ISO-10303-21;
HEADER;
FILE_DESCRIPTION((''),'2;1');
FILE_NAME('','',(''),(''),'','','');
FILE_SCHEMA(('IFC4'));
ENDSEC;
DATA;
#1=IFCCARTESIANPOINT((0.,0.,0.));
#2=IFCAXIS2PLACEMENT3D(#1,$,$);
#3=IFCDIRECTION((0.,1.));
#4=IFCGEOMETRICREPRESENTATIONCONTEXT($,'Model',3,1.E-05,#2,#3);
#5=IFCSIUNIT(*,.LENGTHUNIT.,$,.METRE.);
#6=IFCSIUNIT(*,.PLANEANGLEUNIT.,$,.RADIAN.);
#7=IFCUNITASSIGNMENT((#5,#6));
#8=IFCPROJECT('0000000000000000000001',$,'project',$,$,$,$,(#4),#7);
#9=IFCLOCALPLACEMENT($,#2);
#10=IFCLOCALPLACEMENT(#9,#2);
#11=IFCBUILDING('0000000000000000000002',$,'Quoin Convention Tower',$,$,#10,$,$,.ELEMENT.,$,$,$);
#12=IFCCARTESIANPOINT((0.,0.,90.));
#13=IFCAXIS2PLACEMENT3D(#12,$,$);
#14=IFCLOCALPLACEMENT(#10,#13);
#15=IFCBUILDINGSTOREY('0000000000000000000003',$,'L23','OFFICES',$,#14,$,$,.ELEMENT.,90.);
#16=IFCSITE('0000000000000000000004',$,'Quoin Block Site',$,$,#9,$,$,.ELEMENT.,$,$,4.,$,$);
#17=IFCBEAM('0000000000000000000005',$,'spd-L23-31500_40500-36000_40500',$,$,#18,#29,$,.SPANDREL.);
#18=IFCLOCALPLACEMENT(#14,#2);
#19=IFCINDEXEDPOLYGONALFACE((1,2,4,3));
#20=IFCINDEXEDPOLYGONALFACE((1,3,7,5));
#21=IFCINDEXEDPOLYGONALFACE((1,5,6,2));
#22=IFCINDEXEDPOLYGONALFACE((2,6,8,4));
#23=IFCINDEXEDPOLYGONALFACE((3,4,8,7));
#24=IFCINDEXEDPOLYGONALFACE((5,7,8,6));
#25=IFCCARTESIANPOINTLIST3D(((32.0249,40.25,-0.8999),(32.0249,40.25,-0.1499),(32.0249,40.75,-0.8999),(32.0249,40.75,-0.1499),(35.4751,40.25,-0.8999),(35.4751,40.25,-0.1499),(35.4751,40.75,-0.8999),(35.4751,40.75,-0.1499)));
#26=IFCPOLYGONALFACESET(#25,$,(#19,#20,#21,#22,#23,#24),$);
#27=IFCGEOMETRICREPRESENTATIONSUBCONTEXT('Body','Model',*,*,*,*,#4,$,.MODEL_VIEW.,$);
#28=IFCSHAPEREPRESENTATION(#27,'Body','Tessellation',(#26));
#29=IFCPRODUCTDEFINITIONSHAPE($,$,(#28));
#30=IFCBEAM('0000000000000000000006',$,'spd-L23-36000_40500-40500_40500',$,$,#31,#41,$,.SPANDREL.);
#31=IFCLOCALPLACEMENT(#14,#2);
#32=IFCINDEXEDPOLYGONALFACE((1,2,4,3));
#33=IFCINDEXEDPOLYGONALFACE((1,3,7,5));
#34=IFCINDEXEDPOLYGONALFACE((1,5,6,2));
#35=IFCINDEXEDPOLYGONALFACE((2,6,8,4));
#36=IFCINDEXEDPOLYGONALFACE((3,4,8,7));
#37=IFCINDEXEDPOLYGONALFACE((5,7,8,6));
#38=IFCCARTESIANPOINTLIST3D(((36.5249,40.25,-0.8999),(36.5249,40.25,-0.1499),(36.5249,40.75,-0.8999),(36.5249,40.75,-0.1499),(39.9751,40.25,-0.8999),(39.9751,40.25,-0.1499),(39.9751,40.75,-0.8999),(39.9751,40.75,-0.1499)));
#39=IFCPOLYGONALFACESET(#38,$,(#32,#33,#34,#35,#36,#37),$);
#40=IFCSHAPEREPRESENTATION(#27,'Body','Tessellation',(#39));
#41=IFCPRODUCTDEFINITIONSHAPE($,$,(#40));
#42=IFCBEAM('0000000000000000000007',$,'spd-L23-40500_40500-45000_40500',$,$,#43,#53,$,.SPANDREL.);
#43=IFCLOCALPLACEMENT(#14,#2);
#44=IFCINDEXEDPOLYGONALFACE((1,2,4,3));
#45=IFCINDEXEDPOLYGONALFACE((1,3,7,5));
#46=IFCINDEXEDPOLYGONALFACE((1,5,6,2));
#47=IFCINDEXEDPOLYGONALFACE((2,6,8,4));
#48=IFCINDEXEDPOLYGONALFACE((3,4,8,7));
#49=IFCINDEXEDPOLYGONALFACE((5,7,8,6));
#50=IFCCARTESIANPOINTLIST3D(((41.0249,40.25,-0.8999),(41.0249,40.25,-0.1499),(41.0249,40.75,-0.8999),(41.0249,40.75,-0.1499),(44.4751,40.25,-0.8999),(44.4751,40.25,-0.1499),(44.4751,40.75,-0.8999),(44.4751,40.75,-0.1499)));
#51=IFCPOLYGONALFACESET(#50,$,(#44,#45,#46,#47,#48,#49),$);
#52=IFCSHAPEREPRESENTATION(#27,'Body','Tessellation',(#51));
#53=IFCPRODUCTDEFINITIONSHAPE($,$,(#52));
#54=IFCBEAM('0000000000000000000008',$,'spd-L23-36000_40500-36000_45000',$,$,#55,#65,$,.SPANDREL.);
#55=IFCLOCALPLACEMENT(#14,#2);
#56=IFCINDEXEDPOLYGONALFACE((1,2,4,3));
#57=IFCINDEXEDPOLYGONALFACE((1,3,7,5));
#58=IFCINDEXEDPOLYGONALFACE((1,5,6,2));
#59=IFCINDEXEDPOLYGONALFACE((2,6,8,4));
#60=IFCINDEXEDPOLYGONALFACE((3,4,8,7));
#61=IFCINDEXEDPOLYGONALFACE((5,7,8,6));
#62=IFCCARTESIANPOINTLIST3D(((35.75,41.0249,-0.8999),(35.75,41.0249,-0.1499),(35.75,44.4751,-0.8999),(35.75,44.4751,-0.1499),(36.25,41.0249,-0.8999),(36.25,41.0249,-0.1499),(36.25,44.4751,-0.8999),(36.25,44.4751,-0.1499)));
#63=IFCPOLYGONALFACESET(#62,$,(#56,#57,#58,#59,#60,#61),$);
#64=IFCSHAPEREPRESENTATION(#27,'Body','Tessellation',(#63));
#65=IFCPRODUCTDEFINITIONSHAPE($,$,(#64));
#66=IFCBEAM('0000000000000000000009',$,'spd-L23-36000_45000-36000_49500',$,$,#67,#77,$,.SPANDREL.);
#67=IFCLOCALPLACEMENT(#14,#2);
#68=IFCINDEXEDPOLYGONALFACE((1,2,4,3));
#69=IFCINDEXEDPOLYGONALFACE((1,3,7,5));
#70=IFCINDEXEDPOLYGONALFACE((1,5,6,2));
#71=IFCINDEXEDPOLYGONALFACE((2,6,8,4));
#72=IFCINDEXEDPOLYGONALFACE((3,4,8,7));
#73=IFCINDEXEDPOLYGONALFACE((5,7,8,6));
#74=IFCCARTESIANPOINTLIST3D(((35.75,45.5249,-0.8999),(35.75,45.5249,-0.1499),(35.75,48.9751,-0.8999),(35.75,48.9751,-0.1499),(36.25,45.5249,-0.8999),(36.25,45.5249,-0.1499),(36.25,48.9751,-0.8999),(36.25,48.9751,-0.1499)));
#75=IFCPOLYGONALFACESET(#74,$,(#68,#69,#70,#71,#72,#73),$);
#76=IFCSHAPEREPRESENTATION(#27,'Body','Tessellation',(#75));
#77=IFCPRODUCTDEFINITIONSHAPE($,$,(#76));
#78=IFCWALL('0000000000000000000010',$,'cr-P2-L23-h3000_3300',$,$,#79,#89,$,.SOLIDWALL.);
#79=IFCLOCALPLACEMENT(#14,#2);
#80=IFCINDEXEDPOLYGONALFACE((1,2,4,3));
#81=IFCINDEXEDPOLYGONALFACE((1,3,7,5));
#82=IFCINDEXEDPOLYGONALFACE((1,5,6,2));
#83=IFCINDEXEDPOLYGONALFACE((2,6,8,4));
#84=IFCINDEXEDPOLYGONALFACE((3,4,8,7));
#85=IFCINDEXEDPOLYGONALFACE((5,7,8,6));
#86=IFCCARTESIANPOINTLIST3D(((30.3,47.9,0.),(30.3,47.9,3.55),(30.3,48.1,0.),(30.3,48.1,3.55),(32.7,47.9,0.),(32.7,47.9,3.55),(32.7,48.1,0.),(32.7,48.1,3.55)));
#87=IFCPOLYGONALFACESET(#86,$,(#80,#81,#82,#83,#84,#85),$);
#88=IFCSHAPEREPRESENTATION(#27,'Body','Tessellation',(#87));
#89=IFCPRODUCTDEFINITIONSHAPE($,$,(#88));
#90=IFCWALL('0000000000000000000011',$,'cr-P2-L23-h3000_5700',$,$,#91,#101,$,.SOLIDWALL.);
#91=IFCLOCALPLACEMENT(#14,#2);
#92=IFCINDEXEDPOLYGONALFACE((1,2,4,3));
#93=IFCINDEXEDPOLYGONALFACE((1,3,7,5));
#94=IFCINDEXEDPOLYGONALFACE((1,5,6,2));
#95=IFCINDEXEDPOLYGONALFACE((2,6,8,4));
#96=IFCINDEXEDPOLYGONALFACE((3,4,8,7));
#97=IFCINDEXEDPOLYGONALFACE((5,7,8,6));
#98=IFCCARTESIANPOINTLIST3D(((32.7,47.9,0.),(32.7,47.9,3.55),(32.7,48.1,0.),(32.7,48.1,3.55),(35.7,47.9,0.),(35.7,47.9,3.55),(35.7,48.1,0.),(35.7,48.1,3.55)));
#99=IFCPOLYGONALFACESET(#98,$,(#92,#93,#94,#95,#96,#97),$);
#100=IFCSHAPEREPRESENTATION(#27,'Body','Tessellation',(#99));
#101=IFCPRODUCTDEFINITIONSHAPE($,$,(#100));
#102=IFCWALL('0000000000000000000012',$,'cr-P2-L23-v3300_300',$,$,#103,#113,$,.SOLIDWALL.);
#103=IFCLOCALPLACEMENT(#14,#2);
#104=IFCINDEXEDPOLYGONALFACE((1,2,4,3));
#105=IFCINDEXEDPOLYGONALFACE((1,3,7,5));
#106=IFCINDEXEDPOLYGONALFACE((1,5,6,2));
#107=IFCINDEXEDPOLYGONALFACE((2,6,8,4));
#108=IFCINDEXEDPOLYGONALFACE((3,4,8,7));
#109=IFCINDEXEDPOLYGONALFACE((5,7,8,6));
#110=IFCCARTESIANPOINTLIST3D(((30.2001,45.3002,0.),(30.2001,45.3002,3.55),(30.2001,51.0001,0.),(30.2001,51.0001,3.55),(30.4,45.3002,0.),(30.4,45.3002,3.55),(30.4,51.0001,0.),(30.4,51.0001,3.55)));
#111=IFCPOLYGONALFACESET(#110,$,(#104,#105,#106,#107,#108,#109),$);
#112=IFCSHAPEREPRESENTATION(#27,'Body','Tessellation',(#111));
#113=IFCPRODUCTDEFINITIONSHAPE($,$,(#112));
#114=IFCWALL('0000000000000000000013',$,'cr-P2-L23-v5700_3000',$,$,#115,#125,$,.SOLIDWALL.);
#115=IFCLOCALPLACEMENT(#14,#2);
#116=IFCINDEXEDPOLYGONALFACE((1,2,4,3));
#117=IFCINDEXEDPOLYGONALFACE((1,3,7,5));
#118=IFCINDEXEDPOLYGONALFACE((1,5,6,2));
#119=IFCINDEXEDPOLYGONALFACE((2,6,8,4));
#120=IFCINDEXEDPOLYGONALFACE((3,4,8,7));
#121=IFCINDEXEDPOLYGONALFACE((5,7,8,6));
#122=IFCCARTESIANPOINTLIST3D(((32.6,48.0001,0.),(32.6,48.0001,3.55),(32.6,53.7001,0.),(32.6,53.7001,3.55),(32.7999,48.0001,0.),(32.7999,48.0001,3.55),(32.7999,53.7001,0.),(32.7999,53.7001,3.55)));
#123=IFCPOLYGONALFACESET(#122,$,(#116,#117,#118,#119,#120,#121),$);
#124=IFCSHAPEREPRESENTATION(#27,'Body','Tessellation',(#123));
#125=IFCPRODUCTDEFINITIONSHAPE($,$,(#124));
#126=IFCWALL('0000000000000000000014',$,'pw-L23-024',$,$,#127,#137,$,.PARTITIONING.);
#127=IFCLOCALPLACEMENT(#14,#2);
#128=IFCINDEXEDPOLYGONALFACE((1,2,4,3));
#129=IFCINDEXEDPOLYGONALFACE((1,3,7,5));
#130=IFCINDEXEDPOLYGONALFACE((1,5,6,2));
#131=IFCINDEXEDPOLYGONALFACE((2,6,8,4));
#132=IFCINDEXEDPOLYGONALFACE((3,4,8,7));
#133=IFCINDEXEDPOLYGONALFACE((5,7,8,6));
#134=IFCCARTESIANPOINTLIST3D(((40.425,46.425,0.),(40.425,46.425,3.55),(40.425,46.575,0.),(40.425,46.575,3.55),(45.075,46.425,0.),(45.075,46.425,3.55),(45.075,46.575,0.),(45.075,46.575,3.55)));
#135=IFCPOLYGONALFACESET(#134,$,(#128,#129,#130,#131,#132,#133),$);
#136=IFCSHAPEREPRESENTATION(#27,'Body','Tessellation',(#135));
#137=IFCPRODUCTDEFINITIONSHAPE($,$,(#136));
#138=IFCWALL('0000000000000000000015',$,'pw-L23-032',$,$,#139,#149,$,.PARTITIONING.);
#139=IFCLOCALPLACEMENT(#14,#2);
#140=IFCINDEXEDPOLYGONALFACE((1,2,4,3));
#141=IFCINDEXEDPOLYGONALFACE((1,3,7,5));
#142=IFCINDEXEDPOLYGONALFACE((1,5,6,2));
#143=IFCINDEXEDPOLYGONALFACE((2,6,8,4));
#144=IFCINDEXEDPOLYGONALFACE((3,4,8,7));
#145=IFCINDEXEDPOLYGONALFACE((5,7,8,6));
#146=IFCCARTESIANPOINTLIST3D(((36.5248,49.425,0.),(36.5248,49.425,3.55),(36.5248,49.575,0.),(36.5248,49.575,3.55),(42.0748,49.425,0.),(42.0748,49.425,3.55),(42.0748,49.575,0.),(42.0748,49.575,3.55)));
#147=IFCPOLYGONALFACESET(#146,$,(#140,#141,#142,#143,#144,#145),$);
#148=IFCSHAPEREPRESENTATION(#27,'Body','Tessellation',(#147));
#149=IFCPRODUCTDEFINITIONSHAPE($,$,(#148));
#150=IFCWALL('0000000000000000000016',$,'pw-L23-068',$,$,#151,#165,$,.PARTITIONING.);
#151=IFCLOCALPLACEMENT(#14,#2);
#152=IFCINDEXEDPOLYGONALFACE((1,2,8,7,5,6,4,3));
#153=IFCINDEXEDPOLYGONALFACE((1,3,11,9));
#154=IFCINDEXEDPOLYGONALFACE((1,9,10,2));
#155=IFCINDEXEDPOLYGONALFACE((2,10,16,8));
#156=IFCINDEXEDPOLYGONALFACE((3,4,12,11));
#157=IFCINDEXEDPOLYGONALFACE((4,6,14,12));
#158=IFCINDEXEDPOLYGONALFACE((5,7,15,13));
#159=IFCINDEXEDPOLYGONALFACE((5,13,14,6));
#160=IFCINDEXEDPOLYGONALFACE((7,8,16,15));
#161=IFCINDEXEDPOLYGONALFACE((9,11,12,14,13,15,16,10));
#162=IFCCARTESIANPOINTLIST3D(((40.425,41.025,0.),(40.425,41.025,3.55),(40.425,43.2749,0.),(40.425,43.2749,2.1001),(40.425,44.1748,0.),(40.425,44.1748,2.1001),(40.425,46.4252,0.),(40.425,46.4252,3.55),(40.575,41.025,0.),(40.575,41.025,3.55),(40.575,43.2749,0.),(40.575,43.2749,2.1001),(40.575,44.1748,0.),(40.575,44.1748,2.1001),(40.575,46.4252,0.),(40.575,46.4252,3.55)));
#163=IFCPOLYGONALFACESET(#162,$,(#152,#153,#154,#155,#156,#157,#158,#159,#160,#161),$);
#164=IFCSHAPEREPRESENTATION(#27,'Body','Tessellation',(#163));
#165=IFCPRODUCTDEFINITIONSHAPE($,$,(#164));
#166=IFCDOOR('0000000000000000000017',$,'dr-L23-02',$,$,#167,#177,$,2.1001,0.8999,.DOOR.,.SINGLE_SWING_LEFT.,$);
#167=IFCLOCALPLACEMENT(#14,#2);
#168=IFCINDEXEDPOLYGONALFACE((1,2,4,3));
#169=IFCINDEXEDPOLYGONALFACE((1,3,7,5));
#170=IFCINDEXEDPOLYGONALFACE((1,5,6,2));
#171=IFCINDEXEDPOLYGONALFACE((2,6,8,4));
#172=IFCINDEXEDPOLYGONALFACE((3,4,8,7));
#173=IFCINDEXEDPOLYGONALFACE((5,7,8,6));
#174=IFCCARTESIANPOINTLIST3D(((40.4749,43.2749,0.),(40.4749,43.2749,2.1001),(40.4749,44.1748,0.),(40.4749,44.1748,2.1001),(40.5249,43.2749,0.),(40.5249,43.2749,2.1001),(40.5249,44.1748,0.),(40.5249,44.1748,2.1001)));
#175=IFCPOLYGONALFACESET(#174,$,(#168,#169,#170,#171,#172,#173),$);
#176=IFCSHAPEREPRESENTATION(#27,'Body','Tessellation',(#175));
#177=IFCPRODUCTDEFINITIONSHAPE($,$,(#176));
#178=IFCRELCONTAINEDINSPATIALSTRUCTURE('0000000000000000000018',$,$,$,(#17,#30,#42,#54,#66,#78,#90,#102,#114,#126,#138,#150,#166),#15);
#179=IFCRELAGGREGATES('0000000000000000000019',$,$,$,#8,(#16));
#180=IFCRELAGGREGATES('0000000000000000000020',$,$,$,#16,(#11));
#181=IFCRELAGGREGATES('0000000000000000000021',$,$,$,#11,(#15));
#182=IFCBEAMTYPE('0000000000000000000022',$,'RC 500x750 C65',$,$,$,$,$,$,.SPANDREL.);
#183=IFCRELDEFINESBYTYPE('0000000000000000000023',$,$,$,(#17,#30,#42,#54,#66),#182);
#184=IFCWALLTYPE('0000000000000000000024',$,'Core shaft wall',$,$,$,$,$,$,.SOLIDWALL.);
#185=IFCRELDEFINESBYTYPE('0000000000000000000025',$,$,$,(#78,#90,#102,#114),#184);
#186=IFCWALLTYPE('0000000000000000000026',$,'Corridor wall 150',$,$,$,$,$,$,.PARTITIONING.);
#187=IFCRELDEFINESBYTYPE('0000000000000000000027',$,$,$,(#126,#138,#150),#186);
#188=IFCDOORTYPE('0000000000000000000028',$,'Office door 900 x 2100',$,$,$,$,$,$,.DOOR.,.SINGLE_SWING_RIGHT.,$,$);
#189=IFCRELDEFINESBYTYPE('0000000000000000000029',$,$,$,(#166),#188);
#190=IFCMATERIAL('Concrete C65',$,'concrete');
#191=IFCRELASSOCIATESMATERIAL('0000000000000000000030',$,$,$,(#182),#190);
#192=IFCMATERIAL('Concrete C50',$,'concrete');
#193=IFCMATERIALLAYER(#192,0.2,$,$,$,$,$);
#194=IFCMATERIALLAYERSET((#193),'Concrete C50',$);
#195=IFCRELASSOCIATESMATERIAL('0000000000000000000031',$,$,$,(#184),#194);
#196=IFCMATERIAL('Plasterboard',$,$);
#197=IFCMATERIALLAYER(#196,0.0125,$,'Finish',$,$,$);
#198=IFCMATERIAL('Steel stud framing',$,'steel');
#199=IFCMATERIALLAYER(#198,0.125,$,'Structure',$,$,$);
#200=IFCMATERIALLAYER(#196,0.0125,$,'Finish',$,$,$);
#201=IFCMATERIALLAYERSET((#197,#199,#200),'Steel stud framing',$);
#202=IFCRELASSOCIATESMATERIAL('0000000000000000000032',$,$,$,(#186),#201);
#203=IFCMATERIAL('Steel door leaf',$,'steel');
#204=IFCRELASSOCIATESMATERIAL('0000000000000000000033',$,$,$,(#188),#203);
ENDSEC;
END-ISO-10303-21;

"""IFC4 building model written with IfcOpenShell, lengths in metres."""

from ifc_helpers import new_model, si_unit, direction, frame, frame_2d, origin, origin_2d, place, context, subcontext, project, spatial, rectangle, extrude, material, layer, layer_set, material_profile, profile_set, type_object, element, fill, save


model = new_model("IFC4")

# Units and contexts
model_context = context("Model", 3, precision=1e-05, world=origin(), true_north=direction((0.0, 1.0)))
body_context = subcontext(model_context, "Body", "Model", "MODEL_VIEW")
ifc_project = project(units=[si_unit("LENGTHUNIT", "METRE"), si_unit("PLANEANGLEUNIT", "RADIAN")], contexts=[model_context])

# Site, building, storey
site_placement = place(None, origin())
site = spatial("IfcSite", under=ifc_project, at=site_placement, Name="Quoin Block Site", CompositionType="ELEMENT", RefElevation=4.0)
building_placement = place(site_placement, origin())
building = spatial("IfcBuilding", under=site, at=building_placement, Name="Quoin Convention Tower", CompositionType="ELEMENT")
storey_placement = place(building_placement, frame((0.0, 0.0, 90.0)))
storey = spatial("IfcBuildingStorey", under=building, at=storey_placement, Name="L23", Description="OFFICES", CompositionType="ELEMENT", Elevation=90.0)

# Shared definitions
ifc_material_1 = material(Name="Concrete C65", Category="concrete")

# Beams
ifc_material_profile_1 = material_profile(ifc_material_1, rectangle(XDim=0.5, YDim=0.75, at=origin_2d()), Name="RC 500x750")
ifc_profile_set_1 = profile_set([ifc_material_profile_1], Name="Concrete C65")
beam_type_1 = type_object("IfcBeamType", Name="RC 500x750 C65", PredefinedType="SPANDREL", material=ifc_profile_set_1)
for number, where, z_axis, x_axis, name in (
    (1, (32.0249, 40.5, -0.5249), (1.0, 0.0, 0.0), (0.0, 1.0, 0.0), "spd-L23-31500_40500-36000_40500"),
    (2, (36.5249, 40.5, -0.5249), (1.0, 0.0, 0.0), (0.0, 1.0, 0.0), "spd-L23-36000_40500-40500_40500"),
    (3, (41.0249, 40.5, -0.5249), (1.0, 0.0, 0.0), (0.0, 1.0, 0.0), "spd-L23-40500_40500-45000_40500"),
    (4, (36.0, 41.0249, -0.5249), (0.0, 1.0, 0.0), (-1.0, 0.0, 0.0), "spd-L23-36000_40500-36000_45000"),
    (5, (36.0, 45.5249, -0.5249), (0.0, 1.0, 0.0), (-1.0, 0.0, 0.0), "spd-L23-36000_45000-36000_49500"),
):
    element("IfcBeam", number, at=place(storey_placement, frame(where, z_axis=z_axis, x_axis=x_axis)), inside=storey, type_object=beam_type_1, Name=name, PredefinedType="SPANDREL", context=body_context, shape_type="SweptSolid", body=[
        extrude(rectangle(XDim=0.5, YDim=0.75, at=origin_2d()), origin(), (0.0, 0.0, 1.0), 3.4502),
    ])

# Walls
ifc_material_2 = material(Name="Concrete C50", Category="concrete")
ifc_layer_1 = layer(ifc_material_2, 0.2)
ifc_layer_set_1 = layer_set([ifc_layer_1], Name="Concrete C50")
wall_type_1 = type_object("IfcWallType", Name="Core shaft wall", PredefinedType="SOLIDWALL", material=ifc_layer_set_1)
wall_1_placement = place(storey_placement, frame((30.3, 48.0, 0.0), z_axis=(0.0, 0.0, 1.0), x_axis=(1.0, 0.0, 0.0)))
element("IfcWall", 6, at=wall_1_placement, inside=storey, type_object=wall_type_1, Name="cr-P2-L23-h3000_3300", PredefinedType="SOLIDWALL", context=body_context, shape_type="SweptSolid", body=[
    extrude(rectangle(XDim=2.3999, YDim=0.2, at=frame_2d((1.2, 0.0))), origin(), (0.0, 0.0, 1.0), 3.55),
])
wall_2_placement = place(storey_placement, frame((32.7, 48.0, 0.0), z_axis=(0.0, 0.0, 1.0), x_axis=(1.0, 0.0, 0.0)))
element("IfcWall", 7, at=wall_2_placement, inside=storey, type_object=wall_type_1, Name="cr-P2-L23-h3000_5700", PredefinedType="SOLIDWALL", context=body_context, shape_type="SweptSolid", body=[
    extrude(rectangle(XDim=3.0, YDim=0.2, at=frame_2d((1.5, 0.0))), origin(), (0.0, 0.0, 1.0), 3.55),
])
for number, where, z_axis, x_axis, name in (
    (8, (30.3, 45.3, 0.0), (0.0, 0.0, 1.0), (0.0, 1.0, 0.0), "cr-P2-L23-v3300_300"),
    (9, (32.7, 48.0, 0.0), (0.0, 0.0, 1.0), (0.0, 1.0, 0.0), "cr-P2-L23-v5700_3000"),
):
    element("IfcWall", number, at=place(storey_placement, frame(where, z_axis=z_axis, x_axis=x_axis)), inside=storey, type_object=wall_type_1, Name=name, PredefinedType="SOLIDWALL", context=body_context, shape_type="SweptSolid", body=[
        extrude(rectangle(XDim=5.7, YDim=0.2, at=frame_2d((2.8501, 0.0))), origin(), (0.0, 0.0, 1.0), 3.55),
    ])
ifc_material_3 = material(Name="Plasterboard")
ifc_layer_2 = layer(ifc_material_3, 0.0125, Name="Finish")
ifc_material_4 = material(Name="Steel stud framing", Category="steel")
ifc_layer_3 = layer(ifc_material_4, 0.125, Name="Structure")
ifc_layer_4 = layer(ifc_material_3, 0.0125, Name="Finish")
ifc_layer_set_2 = layer_set([ifc_layer_2, ifc_layer_3, ifc_layer_4], Name="Steel stud framing")
wall_type_2 = type_object("IfcWallType", Name="Corridor wall 150", PredefinedType="PARTITIONING", material=ifc_layer_set_2)
wall_3_placement = place(storey_placement, frame((40.425, 46.5, 0.0), z_axis=(0.0, 0.0, 1.0), x_axis=(1.0, 0.0, 0.0)))
element("IfcWall", 10, at=wall_3_placement, inside=storey, type_object=wall_type_2, Name="pw-L23-024", PredefinedType="PARTITIONING", context=body_context, shape_type="SweptSolid", body=[
    extrude(rectangle(XDim=4.6499, YDim=0.1499, at=frame_2d((2.325, 0.0))), origin(), (0.0, 0.0, 1.0), 3.55),
])
wall_4_placement = place(storey_placement, frame((36.5249, 49.5, 0.0), z_axis=(0.0, 0.0, 1.0), x_axis=(1.0, 0.0, 0.0)))
element("IfcWall", 11, at=wall_4_placement, inside=storey, type_object=wall_type_2, Name="pw-L23-032", PredefinedType="PARTITIONING", context=body_context, shape_type="SweptSolid", body=[
    extrude(rectangle(XDim=5.55, YDim=0.1499, at=frame_2d((2.7749, 0.0))), origin(), (0.0, 0.0, 1.0), 3.55),
])

# Wall, opening, door
wall_5_placement = place(storey_placement, frame((40.5, 41.0249, 0.0), z_axis=(0.0, 0.0, 1.0), x_axis=(0.0, 1.0, 0.0)))
wall_5 = element("IfcWall", 12, at=wall_5_placement, inside=storey, type_object=wall_type_2, Name="pw-L23-068", PredefinedType="PARTITIONING", context=body_context, shape_type="SweptSolid", body=[
    extrude(rectangle(XDim=5.4001, YDim=0.1499, at=frame_2d((2.7002, 0.0))), origin(), (0.0, 0.0, 1.0), 3.55),
])
opening_1_placement = place(wall_5_placement, frame((2.25, 0.0, 0.0)))
opening_1 = element("IfcOpeningElement", 13, at=opening_1_placement, cuts=wall_5, PredefinedType="OPENING", context=body_context, shape_type="SweptSolid", body=[
    extrude(rectangle(XDim=0.8999, YDim=2.1001, at=frame_2d((0.45, 1.05))), frame((0.0, 0.085, 0.0), z_axis=(0.0, -1.0, 0.0), x_axis=(1.0, 0.0, 0.0)), (0.0, 0.0, 1.0), 0.1699),
])
ifc_material_5 = material(Name="Steel door leaf", Category="steel")
door_type = type_object("IfcDoorType", Name="Office door 900 x 2100", OperationType="SINGLE_SWING_RIGHT", PredefinedType="DOOR", material=ifc_material_5)
door_1_placement = place(opening_1_placement, frame((0.8999, 0.0, 0.0), z_axis=(0.0, 0.0, 1.0), x_axis=(-1.0, 0.0, 0.0)))
door_1 = element("IfcDoor", 14, at=door_1_placement, inside=storey, type_object=door_type, Name="dr-L23-02", OperationType="SINGLE_SWING_LEFT", OverallHeight=2.1001, OverallWidth=0.8999, PredefinedType="DOOR", context=body_context, shape_type="SweptSolid", body=[
    extrude(rectangle(XDim=0.8999, YDim=2.1001, at=frame_2d((0.45, 1.05))), frame((0.0, 0.0249, 0.0), z_axis=(0.0, -1.0, 0.0), x_axis=(1.0, 0.0, 0.0)), (0.0, 0.0, 1.0), 0.05),
])
fill(opening_1, door_1)

save(model, "model.ifc")
